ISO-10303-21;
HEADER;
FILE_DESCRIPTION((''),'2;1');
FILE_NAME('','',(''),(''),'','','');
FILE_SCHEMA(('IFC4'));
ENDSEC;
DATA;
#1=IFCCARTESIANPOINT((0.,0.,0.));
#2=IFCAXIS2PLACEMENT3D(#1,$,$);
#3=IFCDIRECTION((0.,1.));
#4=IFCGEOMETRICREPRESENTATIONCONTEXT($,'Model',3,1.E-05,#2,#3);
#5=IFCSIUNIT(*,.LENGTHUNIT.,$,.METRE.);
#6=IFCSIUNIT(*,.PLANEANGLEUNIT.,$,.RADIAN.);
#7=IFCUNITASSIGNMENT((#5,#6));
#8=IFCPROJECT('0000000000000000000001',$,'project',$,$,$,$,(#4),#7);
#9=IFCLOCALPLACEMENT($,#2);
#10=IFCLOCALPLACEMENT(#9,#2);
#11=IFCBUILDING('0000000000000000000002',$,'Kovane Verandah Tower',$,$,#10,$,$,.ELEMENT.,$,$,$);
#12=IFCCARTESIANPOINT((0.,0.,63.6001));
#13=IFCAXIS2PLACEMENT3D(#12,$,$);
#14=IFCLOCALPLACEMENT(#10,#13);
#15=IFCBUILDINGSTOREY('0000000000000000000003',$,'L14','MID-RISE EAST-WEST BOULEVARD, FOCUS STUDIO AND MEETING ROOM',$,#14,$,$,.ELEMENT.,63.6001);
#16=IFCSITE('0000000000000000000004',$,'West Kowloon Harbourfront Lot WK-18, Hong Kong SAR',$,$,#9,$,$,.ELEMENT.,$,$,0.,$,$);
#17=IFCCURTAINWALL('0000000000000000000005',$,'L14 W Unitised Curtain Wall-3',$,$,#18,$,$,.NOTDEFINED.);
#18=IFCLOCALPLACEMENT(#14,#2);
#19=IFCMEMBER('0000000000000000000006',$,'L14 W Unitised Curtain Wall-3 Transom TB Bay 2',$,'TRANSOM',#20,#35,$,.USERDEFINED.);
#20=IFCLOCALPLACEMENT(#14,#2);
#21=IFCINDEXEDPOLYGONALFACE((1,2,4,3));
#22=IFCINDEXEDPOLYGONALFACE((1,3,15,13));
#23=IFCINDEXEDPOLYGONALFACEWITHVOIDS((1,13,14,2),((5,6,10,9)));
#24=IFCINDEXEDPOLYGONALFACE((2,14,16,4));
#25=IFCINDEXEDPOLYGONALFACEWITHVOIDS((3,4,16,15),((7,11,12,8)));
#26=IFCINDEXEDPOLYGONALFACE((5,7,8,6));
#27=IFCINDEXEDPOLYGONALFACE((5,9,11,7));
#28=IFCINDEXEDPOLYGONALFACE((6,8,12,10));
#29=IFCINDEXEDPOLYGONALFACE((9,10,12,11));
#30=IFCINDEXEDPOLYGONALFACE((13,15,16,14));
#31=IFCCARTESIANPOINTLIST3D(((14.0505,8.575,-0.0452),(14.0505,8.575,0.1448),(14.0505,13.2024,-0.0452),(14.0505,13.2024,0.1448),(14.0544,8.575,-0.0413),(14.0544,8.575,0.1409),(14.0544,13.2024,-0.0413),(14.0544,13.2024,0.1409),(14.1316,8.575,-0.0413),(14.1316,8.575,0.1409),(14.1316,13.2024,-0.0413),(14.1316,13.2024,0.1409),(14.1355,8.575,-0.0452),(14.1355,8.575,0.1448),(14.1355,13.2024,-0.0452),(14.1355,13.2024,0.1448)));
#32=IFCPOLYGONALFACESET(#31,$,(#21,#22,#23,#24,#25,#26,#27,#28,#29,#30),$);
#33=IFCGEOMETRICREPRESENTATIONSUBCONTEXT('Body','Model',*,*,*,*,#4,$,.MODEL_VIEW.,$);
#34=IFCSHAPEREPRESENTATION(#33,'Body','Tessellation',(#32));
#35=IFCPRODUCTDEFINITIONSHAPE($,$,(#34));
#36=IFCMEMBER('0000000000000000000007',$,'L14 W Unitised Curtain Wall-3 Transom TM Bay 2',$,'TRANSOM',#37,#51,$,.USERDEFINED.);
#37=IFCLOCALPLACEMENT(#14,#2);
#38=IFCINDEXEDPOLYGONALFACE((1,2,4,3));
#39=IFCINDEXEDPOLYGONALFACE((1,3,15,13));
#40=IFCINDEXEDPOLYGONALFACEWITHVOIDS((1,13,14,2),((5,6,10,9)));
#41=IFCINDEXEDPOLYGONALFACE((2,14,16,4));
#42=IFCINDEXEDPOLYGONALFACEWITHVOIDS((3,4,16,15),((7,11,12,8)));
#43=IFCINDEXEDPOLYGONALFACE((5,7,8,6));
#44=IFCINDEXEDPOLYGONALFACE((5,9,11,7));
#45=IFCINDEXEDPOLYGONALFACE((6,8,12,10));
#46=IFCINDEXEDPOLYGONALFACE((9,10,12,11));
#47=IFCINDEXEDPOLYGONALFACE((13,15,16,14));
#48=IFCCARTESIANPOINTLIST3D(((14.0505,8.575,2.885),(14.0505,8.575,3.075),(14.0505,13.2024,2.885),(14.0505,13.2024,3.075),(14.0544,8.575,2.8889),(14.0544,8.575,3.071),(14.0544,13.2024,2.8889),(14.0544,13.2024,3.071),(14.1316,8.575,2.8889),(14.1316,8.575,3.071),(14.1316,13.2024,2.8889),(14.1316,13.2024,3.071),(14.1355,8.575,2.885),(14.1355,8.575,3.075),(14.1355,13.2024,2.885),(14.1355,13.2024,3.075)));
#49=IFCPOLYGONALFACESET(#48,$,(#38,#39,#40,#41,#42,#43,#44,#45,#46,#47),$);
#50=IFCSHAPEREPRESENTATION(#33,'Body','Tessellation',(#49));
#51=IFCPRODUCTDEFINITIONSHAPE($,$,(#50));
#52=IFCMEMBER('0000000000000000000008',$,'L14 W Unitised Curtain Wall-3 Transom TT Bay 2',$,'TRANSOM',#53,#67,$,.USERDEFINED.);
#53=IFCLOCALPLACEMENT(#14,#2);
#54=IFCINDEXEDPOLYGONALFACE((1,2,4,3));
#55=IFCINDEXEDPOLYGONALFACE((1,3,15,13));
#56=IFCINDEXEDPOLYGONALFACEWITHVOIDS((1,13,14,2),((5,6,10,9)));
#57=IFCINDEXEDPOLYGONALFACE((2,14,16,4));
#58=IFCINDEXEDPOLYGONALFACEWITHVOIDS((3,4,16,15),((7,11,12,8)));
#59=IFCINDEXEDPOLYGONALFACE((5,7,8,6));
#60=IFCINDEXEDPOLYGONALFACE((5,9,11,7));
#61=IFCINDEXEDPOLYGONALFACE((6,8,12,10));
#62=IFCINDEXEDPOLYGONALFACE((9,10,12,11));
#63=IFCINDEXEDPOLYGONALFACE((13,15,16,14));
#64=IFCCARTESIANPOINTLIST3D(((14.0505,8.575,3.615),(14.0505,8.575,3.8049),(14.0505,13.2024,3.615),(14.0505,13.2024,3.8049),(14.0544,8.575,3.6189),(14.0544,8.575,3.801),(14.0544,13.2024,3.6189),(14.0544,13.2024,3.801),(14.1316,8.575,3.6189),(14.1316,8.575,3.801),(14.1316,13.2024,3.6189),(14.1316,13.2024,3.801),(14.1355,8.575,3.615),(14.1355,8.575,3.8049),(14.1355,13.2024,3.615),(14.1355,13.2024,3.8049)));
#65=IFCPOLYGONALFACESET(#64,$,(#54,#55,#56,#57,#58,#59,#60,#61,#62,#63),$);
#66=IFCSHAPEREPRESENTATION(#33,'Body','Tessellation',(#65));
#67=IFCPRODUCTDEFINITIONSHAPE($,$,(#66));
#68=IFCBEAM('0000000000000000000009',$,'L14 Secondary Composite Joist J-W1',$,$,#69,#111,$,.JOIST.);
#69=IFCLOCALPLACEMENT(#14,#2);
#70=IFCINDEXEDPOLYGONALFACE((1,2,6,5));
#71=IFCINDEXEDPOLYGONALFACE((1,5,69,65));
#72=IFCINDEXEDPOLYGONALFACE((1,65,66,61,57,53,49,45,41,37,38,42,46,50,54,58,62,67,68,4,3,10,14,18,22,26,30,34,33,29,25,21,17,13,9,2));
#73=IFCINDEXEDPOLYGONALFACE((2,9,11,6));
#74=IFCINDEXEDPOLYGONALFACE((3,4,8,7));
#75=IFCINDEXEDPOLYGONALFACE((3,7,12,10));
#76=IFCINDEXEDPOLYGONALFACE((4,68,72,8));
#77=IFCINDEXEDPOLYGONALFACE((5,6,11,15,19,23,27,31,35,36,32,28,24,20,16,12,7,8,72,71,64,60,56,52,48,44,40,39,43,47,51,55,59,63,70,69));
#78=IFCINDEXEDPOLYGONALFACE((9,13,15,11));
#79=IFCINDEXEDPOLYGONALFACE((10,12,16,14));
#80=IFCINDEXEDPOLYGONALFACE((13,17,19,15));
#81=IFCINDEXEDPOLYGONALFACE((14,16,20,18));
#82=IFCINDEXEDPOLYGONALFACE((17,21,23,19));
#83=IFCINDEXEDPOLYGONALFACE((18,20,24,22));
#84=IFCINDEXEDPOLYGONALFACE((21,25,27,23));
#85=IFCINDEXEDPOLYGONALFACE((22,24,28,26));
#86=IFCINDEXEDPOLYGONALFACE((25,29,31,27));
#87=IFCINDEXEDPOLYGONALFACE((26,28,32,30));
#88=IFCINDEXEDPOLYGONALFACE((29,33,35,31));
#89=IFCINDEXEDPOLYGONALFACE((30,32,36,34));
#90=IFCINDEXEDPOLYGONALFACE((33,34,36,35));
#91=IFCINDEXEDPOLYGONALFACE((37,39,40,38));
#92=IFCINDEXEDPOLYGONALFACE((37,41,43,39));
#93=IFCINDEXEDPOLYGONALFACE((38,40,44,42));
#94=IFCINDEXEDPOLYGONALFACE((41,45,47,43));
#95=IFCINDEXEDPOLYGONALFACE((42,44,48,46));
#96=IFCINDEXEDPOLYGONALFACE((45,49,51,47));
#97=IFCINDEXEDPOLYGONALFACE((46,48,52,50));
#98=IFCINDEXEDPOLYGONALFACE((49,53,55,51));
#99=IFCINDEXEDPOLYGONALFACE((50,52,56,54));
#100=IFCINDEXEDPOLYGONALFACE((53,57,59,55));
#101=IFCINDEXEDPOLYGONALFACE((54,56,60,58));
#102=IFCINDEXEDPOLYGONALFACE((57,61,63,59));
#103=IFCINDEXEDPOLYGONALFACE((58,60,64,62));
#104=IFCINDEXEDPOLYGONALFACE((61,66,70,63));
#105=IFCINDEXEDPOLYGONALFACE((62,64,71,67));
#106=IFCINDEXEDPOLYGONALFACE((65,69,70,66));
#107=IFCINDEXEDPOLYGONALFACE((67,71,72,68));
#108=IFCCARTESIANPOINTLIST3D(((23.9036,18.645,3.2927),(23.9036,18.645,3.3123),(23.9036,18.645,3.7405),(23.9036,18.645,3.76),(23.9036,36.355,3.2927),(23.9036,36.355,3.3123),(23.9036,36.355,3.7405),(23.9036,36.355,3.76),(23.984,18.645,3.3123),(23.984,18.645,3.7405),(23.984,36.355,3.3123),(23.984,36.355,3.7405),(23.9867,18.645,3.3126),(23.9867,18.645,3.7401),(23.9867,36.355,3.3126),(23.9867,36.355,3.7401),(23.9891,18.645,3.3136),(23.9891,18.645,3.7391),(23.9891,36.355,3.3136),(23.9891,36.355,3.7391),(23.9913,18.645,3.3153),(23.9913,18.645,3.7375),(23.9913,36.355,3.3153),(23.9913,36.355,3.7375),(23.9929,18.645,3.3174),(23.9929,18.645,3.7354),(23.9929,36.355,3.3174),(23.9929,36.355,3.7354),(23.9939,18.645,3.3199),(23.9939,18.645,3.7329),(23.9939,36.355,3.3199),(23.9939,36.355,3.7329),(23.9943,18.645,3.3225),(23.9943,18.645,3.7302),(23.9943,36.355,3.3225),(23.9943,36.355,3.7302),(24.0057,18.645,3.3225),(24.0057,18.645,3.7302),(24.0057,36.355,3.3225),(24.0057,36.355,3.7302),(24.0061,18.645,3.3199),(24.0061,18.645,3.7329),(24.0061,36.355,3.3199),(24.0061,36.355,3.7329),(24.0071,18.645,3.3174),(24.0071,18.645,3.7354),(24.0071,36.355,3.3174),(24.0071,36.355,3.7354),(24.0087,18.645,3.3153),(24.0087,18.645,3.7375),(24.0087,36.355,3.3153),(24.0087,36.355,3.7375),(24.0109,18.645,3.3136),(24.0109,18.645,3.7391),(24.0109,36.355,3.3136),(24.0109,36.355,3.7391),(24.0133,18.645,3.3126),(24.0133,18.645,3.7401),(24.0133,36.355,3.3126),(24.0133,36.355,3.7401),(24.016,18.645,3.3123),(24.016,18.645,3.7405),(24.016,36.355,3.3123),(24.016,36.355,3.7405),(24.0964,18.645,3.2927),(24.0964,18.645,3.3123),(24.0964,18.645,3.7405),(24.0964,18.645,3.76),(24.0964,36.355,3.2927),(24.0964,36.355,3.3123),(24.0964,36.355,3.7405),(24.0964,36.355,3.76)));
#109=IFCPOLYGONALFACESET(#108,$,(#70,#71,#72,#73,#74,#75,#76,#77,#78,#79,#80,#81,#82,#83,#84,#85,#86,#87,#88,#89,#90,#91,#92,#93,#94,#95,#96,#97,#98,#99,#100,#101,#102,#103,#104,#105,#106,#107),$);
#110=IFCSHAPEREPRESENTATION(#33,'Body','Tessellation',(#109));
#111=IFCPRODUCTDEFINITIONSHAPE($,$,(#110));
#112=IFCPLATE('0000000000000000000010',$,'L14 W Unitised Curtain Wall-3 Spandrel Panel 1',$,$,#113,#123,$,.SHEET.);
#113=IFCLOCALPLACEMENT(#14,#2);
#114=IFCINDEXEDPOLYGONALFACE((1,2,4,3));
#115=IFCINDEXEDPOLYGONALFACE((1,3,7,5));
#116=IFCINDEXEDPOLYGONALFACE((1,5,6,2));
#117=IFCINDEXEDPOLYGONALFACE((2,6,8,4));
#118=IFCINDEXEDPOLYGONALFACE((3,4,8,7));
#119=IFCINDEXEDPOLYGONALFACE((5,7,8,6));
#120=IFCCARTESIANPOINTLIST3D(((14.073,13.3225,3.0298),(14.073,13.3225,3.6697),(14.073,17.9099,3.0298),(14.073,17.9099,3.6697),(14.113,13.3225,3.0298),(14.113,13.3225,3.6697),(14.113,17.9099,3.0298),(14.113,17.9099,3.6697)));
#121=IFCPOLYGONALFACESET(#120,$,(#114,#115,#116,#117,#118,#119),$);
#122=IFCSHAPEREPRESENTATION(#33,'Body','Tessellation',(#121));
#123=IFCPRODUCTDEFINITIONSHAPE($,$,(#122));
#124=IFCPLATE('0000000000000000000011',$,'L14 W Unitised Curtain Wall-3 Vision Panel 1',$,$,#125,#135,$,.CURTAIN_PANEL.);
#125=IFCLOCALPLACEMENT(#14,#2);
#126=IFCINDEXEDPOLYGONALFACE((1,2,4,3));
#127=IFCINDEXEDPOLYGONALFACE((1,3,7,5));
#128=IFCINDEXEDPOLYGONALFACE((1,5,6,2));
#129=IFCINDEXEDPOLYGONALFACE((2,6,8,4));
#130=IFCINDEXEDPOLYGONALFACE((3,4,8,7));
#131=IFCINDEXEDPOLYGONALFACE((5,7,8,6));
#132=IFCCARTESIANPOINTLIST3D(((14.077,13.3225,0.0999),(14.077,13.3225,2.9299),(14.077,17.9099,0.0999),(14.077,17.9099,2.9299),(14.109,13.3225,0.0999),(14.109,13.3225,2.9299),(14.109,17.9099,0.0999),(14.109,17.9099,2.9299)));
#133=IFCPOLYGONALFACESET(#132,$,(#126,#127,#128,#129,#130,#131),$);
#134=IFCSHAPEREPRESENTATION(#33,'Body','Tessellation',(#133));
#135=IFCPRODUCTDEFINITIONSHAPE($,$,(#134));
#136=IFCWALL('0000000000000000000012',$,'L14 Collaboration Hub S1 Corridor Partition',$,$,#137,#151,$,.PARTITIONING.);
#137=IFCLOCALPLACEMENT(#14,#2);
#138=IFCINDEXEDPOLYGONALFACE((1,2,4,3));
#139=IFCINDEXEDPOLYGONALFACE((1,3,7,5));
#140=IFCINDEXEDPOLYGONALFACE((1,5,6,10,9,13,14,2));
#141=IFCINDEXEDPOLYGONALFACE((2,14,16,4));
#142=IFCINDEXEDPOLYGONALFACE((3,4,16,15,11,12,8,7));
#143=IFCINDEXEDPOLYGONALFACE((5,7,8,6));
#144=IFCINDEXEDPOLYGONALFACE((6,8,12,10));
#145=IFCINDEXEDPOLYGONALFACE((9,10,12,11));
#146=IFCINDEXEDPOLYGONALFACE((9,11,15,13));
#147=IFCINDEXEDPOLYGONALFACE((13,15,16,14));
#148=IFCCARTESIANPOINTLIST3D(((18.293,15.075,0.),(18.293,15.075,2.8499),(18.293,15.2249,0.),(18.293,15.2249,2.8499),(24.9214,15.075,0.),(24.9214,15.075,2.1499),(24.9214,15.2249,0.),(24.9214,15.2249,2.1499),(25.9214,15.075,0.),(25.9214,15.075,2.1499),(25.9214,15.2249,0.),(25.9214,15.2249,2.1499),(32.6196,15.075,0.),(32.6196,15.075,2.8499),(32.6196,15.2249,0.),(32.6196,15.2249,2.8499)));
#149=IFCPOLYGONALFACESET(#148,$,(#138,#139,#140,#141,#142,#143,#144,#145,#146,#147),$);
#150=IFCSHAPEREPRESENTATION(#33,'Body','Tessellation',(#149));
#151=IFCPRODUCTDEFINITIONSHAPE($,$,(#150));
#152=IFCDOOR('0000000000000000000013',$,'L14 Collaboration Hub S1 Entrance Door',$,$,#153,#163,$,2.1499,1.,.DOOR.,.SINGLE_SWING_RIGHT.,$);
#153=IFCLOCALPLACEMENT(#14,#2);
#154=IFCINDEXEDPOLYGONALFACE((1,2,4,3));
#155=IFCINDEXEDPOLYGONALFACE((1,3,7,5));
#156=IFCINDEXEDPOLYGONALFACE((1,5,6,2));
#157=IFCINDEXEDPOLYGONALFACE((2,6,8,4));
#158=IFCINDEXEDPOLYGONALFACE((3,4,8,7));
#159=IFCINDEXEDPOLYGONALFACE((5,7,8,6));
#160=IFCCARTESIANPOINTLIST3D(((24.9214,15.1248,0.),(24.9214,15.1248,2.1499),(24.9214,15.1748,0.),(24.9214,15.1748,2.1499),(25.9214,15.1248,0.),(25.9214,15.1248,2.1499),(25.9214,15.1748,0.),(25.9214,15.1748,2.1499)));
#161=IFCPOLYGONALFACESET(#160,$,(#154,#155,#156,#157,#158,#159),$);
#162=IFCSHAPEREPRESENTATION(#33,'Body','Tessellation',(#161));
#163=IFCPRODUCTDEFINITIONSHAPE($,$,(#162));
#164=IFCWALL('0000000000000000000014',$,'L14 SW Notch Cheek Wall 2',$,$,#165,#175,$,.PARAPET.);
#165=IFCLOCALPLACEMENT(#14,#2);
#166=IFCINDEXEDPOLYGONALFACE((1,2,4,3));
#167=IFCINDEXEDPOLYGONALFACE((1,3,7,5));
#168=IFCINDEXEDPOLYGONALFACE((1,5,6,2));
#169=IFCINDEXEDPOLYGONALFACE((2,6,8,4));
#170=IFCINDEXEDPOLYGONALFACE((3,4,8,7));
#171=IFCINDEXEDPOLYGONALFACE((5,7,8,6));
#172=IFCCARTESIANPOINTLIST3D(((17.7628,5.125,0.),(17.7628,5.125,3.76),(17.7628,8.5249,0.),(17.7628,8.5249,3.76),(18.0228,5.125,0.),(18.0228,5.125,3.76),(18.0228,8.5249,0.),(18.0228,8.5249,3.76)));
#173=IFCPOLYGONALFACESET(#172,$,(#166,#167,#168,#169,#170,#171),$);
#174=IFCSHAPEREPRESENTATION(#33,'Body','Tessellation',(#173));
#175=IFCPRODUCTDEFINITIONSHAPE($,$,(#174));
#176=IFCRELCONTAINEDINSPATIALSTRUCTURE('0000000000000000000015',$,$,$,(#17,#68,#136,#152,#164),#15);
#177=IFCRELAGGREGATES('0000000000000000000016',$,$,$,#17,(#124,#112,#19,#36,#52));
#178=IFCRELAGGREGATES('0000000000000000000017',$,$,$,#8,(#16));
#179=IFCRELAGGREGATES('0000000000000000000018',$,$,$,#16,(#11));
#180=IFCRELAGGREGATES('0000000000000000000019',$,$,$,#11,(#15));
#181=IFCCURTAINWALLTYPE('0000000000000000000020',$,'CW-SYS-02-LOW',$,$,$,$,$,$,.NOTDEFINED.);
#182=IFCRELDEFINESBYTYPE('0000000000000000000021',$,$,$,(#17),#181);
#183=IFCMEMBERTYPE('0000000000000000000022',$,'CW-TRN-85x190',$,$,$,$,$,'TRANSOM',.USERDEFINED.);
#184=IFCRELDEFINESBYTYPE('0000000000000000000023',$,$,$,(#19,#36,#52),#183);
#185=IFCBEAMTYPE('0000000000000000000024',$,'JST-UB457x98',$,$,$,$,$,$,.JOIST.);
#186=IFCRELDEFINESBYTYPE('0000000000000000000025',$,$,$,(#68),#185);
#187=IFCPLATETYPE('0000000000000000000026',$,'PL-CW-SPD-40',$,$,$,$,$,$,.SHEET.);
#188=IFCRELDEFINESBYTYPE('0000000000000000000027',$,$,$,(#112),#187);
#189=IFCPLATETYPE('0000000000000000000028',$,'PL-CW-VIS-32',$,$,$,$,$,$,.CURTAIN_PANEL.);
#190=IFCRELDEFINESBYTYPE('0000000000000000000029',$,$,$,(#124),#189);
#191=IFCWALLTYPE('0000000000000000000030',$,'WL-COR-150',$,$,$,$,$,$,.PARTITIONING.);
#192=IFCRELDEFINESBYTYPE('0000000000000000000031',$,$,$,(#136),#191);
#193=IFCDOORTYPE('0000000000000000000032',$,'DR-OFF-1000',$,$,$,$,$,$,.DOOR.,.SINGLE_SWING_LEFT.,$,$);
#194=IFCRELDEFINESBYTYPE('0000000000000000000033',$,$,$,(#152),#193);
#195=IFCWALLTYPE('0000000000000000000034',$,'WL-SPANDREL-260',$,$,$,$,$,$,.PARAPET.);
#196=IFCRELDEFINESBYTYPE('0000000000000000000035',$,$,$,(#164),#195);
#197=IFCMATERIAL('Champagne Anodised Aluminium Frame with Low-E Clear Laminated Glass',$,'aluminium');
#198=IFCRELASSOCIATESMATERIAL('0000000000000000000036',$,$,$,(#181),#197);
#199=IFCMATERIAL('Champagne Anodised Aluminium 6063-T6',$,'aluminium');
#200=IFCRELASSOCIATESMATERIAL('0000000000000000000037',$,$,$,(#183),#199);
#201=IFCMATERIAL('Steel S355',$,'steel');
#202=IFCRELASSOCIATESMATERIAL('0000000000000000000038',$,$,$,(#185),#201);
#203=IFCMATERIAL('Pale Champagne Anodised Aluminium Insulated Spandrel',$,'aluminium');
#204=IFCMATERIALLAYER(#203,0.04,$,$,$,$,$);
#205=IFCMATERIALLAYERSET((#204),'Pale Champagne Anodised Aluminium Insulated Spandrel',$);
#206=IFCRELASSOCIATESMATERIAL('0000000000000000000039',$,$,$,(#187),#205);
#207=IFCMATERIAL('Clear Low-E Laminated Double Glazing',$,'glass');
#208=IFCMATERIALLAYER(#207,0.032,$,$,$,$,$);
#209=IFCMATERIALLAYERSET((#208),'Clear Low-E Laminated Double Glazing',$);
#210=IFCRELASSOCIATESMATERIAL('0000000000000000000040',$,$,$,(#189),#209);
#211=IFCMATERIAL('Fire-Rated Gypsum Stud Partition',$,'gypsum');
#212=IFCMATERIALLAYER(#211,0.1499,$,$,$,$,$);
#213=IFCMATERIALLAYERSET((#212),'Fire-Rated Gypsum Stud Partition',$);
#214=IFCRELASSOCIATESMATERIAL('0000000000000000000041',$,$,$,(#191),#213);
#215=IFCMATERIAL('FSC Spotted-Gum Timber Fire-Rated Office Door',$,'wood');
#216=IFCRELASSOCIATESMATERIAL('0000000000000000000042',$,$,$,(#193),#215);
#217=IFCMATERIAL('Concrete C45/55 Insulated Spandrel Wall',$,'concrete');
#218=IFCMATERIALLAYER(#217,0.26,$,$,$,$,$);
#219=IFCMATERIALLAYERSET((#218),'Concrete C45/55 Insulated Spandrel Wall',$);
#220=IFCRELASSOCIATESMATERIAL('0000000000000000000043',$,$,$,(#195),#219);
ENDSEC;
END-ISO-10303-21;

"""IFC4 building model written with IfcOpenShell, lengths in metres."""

from ifc_helpers import new_model, si_unit, direction, frame, frame_2d, origin, origin_2d, place, context, subcontext, project, spatial, rectangle, hollow_rectangle, i_section, extrude, material, layer, layer_set, material_profile, profile_set, type_object, element, fill, aggregate, save


model = new_model("IFC4")

# Units and contexts
model_context = context("Model", 3, precision=1e-05, world=origin(), true_north=direction((0.0, 1.0)))
body_context = subcontext(model_context, "Body", "Model", "MODEL_VIEW")
ifc_project = project(units=[si_unit("LENGTHUNIT", "METRE"), si_unit("PLANEANGLEUNIT", "RADIAN")], contexts=[model_context])

# Site, building, storey
site_placement = place(None, origin())
site = spatial("IfcSite", under=ifc_project, at=site_placement, Name="West Kowloon Harbourfront Lot WK-18, Hong Kong SAR", CompositionType="ELEMENT", RefElevation=0.0)
building_placement = place(site_placement, origin())
building = spatial("IfcBuilding", under=site, at=building_placement, Name="Kovane Verandah Tower", CompositionType="ELEMENT")
storey_placement = place(building_placement, frame((0.0, 0.0, 63.6001)))
storey = spatial("IfcBuildingStorey", under=building, at=storey_placement, Name="L14", Description="MID-RISE EAST-WEST BOULEVARD, FOCUS STUDIO AND MEETING ROOM", CompositionType="ELEMENT", Elevation=63.6001)

# Shared definitions
ifc_material_1 = material(Name="Steel S355", Category="steel")

# Curtain wall, members
ifc_material_2 = material(Name="Champagne Anodised Aluminium Frame with Low-E Clear Laminated Glass", Category="aluminium")
curtain_wall_type = type_object("IfcCurtainWallType", Name="CW-SYS-02-LOW", PredefinedType="NOTDEFINED", material=ifc_material_2)
curtain_wall_placement = place(storey_placement, origin())
curtain_wall = element("IfcCurtainWall", 1, at=curtain_wall_placement, inside=storey, type_object=curtain_wall_type, Name="L14 W Unitised Curtain Wall-3", PredefinedType="NOTDEFINED")
ifc_material_3 = material(Name="Champagne Anodised Aluminium 6063-T6", Category="aluminium")
ifc_material_profile_1 = material_profile(ifc_material_3, hollow_rectangle(XDim=0.085, YDim=0.1899, WallThickness=0.0039, at=origin_2d()), Name="AL85x190x4")
ifc_profile_set_1 = profile_set([ifc_material_profile_1], Name="Champagne Anodised Aluminium 6063-T6")
member_type_1 = type_object("IfcMemberType", Name="CW-TRN-85x190", ElementType="TRANSOM", PredefinedType="USERDEFINED", material=ifc_profile_set_1)
member_1_placement = place(storey_placement, frame((14.093, 13.2024, 0.0498), z_axis=(0.0, -1.0, 0.0), x_axis=(1.0, 0.0, 0.0)))
member_1 = element("IfcMember", 2, at=member_1_placement, type_object=member_type_1, Name="L14 W Unitised Curtain Wall-3 Transom TB Bay 2", ObjectType="TRANSOM", PredefinedType="USERDEFINED", context=body_context, shape_type="SweptSolid", body=[
    extrude(hollow_rectangle(XDim=0.085, YDim=0.1899, WallThickness=0.0039, at=origin_2d()), origin(), (0.0, 0.0, 1.0), 4.6274),
])
member_2_placement = place(storey_placement, frame((14.093, 13.2024, 2.98), z_axis=(0.0, -1.0, 0.0), x_axis=(1.0, 0.0, 0.0)))
member_2 = element("IfcMember", 3, at=member_2_placement, type_object=member_type_1, Name="L14 W Unitised Curtain Wall-3 Transom TM Bay 2", ObjectType="TRANSOM", PredefinedType="USERDEFINED", context=body_context, shape_type="SweptSolid", body=[
    extrude(hollow_rectangle(XDim=0.085, YDim=0.1899, WallThickness=0.0039, at=origin_2d()), origin(), (0.0, 0.0, 1.0), 4.6274),
])
member_3_placement = place(storey_placement, frame((14.093, 13.2024, 3.71), z_axis=(0.0, -1.0, 0.0), x_axis=(1.0, 0.0, 0.0)))
member_3 = element("IfcMember", 4, at=member_3_placement, type_object=member_type_1, Name="L14 W Unitised Curtain Wall-3 Transom TT Bay 2", ObjectType="TRANSOM", PredefinedType="USERDEFINED", context=body_context, shape_type="SweptSolid", body=[
    extrude(hollow_rectangle(XDim=0.085, YDim=0.1899, WallThickness=0.0039, at=origin_2d()), origin(), (0.0, 0.0, 1.0), 4.6274),
])

# Beam
ifc_material_profile_2 = material_profile(ifc_material_1, i_section(OverallWidth=0.1929, OverallDepth=0.4673, WebThickness=0.0115, FlangeThickness=0.0195, FilletRadius=0.0103, at=origin_2d()), Name="UB457x191x98")
ifc_profile_set_2 = profile_set([ifc_material_profile_2], Name="Steel S355")
beam_type_1 = type_object("IfcBeamType", Name="JST-UB457x98", PredefinedType="JOIST", material=ifc_profile_set_2)
beam_1_placement = place(storey_placement, frame((24.0, 18.645, 3.5264), z_axis=(0.0, 1.0, 0.0), x_axis=(-1.0, 0.0, 0.0)))
element("IfcBeam", 5, at=beam_1_placement, inside=storey, type_object=beam_type_1, Name="L14 Secondary Composite Joist J-W1", PredefinedType="JOIST", context=body_context, shape_type="SweptSolid", body=[
    extrude(i_section(OverallWidth=0.1929, OverallDepth=0.4673, WebThickness=0.0115, FlangeThickness=0.0195, FilletRadius=0.0103, at=origin_2d()), origin(), (0.0, 0.0, 1.0), 17.71),
])

# Plates
ifc_material_4 = material(Name="Pale Champagne Anodised Aluminium Insulated Spandrel", Category="aluminium")
ifc_layer_1 = layer(ifc_material_4, 0.04)
ifc_layer_set_1 = layer_set([ifc_layer_1], Name="Pale Champagne Anodised Aluminium Insulated Spandrel")
plate_type_1 = type_object("IfcPlateType", Name="PL-CW-SPD-40", PredefinedType="SHEET", material=ifc_layer_set_1)
plate_1_placement = place(storey_placement, frame((14.093, 15.6162, 3.0298), z_axis=(0.0, 0.0, 1.0), x_axis=(0.0, -1.0, 0.0)))
plate_1 = element("IfcPlate", 6, at=plate_1_placement, type_object=plate_type_1, Name="L14 W Unitised Curtain Wall-3 Spandrel Panel 1", PredefinedType="SHEET", context=body_context, shape_type="SweptSolid", body=[
    extrude(rectangle(XDim=4.5874, YDim=0.04, at=origin_2d()), origin(), (0.0, 0.0, 1.0), 0.6399),
])
ifc_material_5 = material(Name="Clear Low-E Laminated Double Glazing", Category="glass")
ifc_layer_2 = layer(ifc_material_5, 0.032)
ifc_layer_set_2 = layer_set([ifc_layer_2], Name="Clear Low-E Laminated Double Glazing")
plate_type_2 = type_object("IfcPlateType", Name="PL-CW-VIS-32", PredefinedType="CURTAIN_PANEL", material=ifc_layer_set_2)
plate_2_placement = place(storey_placement, frame((14.093, 15.6162, 0.0999), z_axis=(0.0, 0.0, 1.0), x_axis=(0.0, -1.0, 0.0)))
plate_2 = element("IfcPlate", 7, at=plate_2_placement, type_object=plate_type_2, Name="L14 W Unitised Curtain Wall-3 Vision Panel 1", PredefinedType="CURTAIN_PANEL", context=body_context, shape_type="SweptSolid", body=[
    extrude(rectangle(XDim=4.5874, YDim=0.032, at=origin_2d()), origin(), (0.0, 0.0, 1.0), 2.8301),
])
aggregate(curtain_wall, [plate_2, plate_1, member_1, member_2, member_3])

# Wall, opening, door
ifc_material_6 = material(Name="Fire-Rated Gypsum Stud Partition", Category="gypsum")
ifc_layer_3 = layer(ifc_material_6, 0.1499)
ifc_layer_set_3 = layer_set([ifc_layer_3], Name="Fire-Rated Gypsum Stud Partition")
wall_type_1 = type_object("IfcWallType", Name="WL-COR-150", PredefinedType="PARTITIONING", material=ifc_layer_set_3)
wall_1_placement = place(storey_placement, frame((18.293, 15.1499, 0.0), z_axis=(0.0, 0.0, 1.0), x_axis=(1.0, 0.0, 0.0)))
wall_1 = element("IfcWall", 8, at=wall_1_placement, inside=storey, type_object=wall_type_1, Name="L14 Collaboration Hub S1 Corridor Partition", PredefinedType="PARTITIONING", context=body_context, shape_type="SweptSolid", body=[
    extrude(rectangle(XDim=14.3267, YDim=0.1499, at=frame_2d((7.1633, 0.0))), origin(), (0.0, 0.0, 1.0), 2.8499),
])
opening_1_placement = place(wall_1_placement, frame((6.6284, 0.0, 0.0)))
opening_1 = element("IfcOpeningElement", 9, at=opening_1_placement, cuts=wall_1, PredefinedType="OPENING", context=body_context, shape_type="SweptSolid", body=[
    extrude(rectangle(XDim=1.0, YDim=2.1499, at=frame_2d((0.5, 1.075))), frame((0.0, 0.075, 0.0), z_axis=(0.0, -1.0, 0.0), x_axis=(1.0, 0.0, 0.0)), (0.0, 0.0, 1.0), 0.1499),
])
ifc_material_7 = material(Name="FSC Spotted-Gum Timber Fire-Rated Office Door", Category="wood")
door_type_1 = type_object("IfcDoorType", Name="DR-OFF-1000", OperationType="SINGLE_SWING_LEFT", PredefinedType="DOOR", material=ifc_material_7)
door_1_placement = place(opening_1_placement, origin())
door_1 = element("IfcDoor", 10, at=door_1_placement, inside=storey, type_object=door_type_1, Name="L14 Collaboration Hub S1 Entrance Door", OperationType="SINGLE_SWING_RIGHT", OverallHeight=2.1499, OverallWidth=1.0, PredefinedType="DOOR", context=body_context, shape_type="SweptSolid", body=[
    extrude(rectangle(XDim=1.0, YDim=2.1499, at=frame_2d((0.5, 1.075))), frame((0.0, 0.0249, 0.0), z_axis=(0.0, -1.0, 0.0), x_axis=(1.0, 0.0, 0.0)), (0.0, 0.0, 1.0), 0.05),
])
fill(opening_1, door_1)

# Shared definitions
ifc_material_8 = material(Name="Concrete C45/55 Insulated Spandrel Wall", Category="concrete")
ifc_layer_4 = layer(ifc_material_8, 0.26)
ifc_layer_set_4 = layer_set([ifc_layer_4], Name="Concrete C45/55 Insulated Spandrel Wall")
wall_type_2 = type_object("IfcWallType", Name="WL-SPANDREL-260", PredefinedType="PARAPET", material=ifc_layer_set_4)

# Wall
wall_2_placement = place(storey_placement, frame((17.8928, 8.5249, 0.0), z_axis=(0.0, 0.0, 1.0), x_axis=(0.0, -1.0, 0.0)))
element("IfcWall", 11, at=wall_2_placement, inside=storey, type_object=wall_type_2, Name="L14 SW Notch Cheek Wall 2", PredefinedType="PARAPET", context=body_context, shape_type="SweptSolid", body=[
    extrude(rectangle(XDim=3.3999, YDim=0.26, at=frame_2d((1.7, 0.0))), origin(), (0.0, 0.0, 1.0), 3.76),
])

save(model, "model.ifc")
